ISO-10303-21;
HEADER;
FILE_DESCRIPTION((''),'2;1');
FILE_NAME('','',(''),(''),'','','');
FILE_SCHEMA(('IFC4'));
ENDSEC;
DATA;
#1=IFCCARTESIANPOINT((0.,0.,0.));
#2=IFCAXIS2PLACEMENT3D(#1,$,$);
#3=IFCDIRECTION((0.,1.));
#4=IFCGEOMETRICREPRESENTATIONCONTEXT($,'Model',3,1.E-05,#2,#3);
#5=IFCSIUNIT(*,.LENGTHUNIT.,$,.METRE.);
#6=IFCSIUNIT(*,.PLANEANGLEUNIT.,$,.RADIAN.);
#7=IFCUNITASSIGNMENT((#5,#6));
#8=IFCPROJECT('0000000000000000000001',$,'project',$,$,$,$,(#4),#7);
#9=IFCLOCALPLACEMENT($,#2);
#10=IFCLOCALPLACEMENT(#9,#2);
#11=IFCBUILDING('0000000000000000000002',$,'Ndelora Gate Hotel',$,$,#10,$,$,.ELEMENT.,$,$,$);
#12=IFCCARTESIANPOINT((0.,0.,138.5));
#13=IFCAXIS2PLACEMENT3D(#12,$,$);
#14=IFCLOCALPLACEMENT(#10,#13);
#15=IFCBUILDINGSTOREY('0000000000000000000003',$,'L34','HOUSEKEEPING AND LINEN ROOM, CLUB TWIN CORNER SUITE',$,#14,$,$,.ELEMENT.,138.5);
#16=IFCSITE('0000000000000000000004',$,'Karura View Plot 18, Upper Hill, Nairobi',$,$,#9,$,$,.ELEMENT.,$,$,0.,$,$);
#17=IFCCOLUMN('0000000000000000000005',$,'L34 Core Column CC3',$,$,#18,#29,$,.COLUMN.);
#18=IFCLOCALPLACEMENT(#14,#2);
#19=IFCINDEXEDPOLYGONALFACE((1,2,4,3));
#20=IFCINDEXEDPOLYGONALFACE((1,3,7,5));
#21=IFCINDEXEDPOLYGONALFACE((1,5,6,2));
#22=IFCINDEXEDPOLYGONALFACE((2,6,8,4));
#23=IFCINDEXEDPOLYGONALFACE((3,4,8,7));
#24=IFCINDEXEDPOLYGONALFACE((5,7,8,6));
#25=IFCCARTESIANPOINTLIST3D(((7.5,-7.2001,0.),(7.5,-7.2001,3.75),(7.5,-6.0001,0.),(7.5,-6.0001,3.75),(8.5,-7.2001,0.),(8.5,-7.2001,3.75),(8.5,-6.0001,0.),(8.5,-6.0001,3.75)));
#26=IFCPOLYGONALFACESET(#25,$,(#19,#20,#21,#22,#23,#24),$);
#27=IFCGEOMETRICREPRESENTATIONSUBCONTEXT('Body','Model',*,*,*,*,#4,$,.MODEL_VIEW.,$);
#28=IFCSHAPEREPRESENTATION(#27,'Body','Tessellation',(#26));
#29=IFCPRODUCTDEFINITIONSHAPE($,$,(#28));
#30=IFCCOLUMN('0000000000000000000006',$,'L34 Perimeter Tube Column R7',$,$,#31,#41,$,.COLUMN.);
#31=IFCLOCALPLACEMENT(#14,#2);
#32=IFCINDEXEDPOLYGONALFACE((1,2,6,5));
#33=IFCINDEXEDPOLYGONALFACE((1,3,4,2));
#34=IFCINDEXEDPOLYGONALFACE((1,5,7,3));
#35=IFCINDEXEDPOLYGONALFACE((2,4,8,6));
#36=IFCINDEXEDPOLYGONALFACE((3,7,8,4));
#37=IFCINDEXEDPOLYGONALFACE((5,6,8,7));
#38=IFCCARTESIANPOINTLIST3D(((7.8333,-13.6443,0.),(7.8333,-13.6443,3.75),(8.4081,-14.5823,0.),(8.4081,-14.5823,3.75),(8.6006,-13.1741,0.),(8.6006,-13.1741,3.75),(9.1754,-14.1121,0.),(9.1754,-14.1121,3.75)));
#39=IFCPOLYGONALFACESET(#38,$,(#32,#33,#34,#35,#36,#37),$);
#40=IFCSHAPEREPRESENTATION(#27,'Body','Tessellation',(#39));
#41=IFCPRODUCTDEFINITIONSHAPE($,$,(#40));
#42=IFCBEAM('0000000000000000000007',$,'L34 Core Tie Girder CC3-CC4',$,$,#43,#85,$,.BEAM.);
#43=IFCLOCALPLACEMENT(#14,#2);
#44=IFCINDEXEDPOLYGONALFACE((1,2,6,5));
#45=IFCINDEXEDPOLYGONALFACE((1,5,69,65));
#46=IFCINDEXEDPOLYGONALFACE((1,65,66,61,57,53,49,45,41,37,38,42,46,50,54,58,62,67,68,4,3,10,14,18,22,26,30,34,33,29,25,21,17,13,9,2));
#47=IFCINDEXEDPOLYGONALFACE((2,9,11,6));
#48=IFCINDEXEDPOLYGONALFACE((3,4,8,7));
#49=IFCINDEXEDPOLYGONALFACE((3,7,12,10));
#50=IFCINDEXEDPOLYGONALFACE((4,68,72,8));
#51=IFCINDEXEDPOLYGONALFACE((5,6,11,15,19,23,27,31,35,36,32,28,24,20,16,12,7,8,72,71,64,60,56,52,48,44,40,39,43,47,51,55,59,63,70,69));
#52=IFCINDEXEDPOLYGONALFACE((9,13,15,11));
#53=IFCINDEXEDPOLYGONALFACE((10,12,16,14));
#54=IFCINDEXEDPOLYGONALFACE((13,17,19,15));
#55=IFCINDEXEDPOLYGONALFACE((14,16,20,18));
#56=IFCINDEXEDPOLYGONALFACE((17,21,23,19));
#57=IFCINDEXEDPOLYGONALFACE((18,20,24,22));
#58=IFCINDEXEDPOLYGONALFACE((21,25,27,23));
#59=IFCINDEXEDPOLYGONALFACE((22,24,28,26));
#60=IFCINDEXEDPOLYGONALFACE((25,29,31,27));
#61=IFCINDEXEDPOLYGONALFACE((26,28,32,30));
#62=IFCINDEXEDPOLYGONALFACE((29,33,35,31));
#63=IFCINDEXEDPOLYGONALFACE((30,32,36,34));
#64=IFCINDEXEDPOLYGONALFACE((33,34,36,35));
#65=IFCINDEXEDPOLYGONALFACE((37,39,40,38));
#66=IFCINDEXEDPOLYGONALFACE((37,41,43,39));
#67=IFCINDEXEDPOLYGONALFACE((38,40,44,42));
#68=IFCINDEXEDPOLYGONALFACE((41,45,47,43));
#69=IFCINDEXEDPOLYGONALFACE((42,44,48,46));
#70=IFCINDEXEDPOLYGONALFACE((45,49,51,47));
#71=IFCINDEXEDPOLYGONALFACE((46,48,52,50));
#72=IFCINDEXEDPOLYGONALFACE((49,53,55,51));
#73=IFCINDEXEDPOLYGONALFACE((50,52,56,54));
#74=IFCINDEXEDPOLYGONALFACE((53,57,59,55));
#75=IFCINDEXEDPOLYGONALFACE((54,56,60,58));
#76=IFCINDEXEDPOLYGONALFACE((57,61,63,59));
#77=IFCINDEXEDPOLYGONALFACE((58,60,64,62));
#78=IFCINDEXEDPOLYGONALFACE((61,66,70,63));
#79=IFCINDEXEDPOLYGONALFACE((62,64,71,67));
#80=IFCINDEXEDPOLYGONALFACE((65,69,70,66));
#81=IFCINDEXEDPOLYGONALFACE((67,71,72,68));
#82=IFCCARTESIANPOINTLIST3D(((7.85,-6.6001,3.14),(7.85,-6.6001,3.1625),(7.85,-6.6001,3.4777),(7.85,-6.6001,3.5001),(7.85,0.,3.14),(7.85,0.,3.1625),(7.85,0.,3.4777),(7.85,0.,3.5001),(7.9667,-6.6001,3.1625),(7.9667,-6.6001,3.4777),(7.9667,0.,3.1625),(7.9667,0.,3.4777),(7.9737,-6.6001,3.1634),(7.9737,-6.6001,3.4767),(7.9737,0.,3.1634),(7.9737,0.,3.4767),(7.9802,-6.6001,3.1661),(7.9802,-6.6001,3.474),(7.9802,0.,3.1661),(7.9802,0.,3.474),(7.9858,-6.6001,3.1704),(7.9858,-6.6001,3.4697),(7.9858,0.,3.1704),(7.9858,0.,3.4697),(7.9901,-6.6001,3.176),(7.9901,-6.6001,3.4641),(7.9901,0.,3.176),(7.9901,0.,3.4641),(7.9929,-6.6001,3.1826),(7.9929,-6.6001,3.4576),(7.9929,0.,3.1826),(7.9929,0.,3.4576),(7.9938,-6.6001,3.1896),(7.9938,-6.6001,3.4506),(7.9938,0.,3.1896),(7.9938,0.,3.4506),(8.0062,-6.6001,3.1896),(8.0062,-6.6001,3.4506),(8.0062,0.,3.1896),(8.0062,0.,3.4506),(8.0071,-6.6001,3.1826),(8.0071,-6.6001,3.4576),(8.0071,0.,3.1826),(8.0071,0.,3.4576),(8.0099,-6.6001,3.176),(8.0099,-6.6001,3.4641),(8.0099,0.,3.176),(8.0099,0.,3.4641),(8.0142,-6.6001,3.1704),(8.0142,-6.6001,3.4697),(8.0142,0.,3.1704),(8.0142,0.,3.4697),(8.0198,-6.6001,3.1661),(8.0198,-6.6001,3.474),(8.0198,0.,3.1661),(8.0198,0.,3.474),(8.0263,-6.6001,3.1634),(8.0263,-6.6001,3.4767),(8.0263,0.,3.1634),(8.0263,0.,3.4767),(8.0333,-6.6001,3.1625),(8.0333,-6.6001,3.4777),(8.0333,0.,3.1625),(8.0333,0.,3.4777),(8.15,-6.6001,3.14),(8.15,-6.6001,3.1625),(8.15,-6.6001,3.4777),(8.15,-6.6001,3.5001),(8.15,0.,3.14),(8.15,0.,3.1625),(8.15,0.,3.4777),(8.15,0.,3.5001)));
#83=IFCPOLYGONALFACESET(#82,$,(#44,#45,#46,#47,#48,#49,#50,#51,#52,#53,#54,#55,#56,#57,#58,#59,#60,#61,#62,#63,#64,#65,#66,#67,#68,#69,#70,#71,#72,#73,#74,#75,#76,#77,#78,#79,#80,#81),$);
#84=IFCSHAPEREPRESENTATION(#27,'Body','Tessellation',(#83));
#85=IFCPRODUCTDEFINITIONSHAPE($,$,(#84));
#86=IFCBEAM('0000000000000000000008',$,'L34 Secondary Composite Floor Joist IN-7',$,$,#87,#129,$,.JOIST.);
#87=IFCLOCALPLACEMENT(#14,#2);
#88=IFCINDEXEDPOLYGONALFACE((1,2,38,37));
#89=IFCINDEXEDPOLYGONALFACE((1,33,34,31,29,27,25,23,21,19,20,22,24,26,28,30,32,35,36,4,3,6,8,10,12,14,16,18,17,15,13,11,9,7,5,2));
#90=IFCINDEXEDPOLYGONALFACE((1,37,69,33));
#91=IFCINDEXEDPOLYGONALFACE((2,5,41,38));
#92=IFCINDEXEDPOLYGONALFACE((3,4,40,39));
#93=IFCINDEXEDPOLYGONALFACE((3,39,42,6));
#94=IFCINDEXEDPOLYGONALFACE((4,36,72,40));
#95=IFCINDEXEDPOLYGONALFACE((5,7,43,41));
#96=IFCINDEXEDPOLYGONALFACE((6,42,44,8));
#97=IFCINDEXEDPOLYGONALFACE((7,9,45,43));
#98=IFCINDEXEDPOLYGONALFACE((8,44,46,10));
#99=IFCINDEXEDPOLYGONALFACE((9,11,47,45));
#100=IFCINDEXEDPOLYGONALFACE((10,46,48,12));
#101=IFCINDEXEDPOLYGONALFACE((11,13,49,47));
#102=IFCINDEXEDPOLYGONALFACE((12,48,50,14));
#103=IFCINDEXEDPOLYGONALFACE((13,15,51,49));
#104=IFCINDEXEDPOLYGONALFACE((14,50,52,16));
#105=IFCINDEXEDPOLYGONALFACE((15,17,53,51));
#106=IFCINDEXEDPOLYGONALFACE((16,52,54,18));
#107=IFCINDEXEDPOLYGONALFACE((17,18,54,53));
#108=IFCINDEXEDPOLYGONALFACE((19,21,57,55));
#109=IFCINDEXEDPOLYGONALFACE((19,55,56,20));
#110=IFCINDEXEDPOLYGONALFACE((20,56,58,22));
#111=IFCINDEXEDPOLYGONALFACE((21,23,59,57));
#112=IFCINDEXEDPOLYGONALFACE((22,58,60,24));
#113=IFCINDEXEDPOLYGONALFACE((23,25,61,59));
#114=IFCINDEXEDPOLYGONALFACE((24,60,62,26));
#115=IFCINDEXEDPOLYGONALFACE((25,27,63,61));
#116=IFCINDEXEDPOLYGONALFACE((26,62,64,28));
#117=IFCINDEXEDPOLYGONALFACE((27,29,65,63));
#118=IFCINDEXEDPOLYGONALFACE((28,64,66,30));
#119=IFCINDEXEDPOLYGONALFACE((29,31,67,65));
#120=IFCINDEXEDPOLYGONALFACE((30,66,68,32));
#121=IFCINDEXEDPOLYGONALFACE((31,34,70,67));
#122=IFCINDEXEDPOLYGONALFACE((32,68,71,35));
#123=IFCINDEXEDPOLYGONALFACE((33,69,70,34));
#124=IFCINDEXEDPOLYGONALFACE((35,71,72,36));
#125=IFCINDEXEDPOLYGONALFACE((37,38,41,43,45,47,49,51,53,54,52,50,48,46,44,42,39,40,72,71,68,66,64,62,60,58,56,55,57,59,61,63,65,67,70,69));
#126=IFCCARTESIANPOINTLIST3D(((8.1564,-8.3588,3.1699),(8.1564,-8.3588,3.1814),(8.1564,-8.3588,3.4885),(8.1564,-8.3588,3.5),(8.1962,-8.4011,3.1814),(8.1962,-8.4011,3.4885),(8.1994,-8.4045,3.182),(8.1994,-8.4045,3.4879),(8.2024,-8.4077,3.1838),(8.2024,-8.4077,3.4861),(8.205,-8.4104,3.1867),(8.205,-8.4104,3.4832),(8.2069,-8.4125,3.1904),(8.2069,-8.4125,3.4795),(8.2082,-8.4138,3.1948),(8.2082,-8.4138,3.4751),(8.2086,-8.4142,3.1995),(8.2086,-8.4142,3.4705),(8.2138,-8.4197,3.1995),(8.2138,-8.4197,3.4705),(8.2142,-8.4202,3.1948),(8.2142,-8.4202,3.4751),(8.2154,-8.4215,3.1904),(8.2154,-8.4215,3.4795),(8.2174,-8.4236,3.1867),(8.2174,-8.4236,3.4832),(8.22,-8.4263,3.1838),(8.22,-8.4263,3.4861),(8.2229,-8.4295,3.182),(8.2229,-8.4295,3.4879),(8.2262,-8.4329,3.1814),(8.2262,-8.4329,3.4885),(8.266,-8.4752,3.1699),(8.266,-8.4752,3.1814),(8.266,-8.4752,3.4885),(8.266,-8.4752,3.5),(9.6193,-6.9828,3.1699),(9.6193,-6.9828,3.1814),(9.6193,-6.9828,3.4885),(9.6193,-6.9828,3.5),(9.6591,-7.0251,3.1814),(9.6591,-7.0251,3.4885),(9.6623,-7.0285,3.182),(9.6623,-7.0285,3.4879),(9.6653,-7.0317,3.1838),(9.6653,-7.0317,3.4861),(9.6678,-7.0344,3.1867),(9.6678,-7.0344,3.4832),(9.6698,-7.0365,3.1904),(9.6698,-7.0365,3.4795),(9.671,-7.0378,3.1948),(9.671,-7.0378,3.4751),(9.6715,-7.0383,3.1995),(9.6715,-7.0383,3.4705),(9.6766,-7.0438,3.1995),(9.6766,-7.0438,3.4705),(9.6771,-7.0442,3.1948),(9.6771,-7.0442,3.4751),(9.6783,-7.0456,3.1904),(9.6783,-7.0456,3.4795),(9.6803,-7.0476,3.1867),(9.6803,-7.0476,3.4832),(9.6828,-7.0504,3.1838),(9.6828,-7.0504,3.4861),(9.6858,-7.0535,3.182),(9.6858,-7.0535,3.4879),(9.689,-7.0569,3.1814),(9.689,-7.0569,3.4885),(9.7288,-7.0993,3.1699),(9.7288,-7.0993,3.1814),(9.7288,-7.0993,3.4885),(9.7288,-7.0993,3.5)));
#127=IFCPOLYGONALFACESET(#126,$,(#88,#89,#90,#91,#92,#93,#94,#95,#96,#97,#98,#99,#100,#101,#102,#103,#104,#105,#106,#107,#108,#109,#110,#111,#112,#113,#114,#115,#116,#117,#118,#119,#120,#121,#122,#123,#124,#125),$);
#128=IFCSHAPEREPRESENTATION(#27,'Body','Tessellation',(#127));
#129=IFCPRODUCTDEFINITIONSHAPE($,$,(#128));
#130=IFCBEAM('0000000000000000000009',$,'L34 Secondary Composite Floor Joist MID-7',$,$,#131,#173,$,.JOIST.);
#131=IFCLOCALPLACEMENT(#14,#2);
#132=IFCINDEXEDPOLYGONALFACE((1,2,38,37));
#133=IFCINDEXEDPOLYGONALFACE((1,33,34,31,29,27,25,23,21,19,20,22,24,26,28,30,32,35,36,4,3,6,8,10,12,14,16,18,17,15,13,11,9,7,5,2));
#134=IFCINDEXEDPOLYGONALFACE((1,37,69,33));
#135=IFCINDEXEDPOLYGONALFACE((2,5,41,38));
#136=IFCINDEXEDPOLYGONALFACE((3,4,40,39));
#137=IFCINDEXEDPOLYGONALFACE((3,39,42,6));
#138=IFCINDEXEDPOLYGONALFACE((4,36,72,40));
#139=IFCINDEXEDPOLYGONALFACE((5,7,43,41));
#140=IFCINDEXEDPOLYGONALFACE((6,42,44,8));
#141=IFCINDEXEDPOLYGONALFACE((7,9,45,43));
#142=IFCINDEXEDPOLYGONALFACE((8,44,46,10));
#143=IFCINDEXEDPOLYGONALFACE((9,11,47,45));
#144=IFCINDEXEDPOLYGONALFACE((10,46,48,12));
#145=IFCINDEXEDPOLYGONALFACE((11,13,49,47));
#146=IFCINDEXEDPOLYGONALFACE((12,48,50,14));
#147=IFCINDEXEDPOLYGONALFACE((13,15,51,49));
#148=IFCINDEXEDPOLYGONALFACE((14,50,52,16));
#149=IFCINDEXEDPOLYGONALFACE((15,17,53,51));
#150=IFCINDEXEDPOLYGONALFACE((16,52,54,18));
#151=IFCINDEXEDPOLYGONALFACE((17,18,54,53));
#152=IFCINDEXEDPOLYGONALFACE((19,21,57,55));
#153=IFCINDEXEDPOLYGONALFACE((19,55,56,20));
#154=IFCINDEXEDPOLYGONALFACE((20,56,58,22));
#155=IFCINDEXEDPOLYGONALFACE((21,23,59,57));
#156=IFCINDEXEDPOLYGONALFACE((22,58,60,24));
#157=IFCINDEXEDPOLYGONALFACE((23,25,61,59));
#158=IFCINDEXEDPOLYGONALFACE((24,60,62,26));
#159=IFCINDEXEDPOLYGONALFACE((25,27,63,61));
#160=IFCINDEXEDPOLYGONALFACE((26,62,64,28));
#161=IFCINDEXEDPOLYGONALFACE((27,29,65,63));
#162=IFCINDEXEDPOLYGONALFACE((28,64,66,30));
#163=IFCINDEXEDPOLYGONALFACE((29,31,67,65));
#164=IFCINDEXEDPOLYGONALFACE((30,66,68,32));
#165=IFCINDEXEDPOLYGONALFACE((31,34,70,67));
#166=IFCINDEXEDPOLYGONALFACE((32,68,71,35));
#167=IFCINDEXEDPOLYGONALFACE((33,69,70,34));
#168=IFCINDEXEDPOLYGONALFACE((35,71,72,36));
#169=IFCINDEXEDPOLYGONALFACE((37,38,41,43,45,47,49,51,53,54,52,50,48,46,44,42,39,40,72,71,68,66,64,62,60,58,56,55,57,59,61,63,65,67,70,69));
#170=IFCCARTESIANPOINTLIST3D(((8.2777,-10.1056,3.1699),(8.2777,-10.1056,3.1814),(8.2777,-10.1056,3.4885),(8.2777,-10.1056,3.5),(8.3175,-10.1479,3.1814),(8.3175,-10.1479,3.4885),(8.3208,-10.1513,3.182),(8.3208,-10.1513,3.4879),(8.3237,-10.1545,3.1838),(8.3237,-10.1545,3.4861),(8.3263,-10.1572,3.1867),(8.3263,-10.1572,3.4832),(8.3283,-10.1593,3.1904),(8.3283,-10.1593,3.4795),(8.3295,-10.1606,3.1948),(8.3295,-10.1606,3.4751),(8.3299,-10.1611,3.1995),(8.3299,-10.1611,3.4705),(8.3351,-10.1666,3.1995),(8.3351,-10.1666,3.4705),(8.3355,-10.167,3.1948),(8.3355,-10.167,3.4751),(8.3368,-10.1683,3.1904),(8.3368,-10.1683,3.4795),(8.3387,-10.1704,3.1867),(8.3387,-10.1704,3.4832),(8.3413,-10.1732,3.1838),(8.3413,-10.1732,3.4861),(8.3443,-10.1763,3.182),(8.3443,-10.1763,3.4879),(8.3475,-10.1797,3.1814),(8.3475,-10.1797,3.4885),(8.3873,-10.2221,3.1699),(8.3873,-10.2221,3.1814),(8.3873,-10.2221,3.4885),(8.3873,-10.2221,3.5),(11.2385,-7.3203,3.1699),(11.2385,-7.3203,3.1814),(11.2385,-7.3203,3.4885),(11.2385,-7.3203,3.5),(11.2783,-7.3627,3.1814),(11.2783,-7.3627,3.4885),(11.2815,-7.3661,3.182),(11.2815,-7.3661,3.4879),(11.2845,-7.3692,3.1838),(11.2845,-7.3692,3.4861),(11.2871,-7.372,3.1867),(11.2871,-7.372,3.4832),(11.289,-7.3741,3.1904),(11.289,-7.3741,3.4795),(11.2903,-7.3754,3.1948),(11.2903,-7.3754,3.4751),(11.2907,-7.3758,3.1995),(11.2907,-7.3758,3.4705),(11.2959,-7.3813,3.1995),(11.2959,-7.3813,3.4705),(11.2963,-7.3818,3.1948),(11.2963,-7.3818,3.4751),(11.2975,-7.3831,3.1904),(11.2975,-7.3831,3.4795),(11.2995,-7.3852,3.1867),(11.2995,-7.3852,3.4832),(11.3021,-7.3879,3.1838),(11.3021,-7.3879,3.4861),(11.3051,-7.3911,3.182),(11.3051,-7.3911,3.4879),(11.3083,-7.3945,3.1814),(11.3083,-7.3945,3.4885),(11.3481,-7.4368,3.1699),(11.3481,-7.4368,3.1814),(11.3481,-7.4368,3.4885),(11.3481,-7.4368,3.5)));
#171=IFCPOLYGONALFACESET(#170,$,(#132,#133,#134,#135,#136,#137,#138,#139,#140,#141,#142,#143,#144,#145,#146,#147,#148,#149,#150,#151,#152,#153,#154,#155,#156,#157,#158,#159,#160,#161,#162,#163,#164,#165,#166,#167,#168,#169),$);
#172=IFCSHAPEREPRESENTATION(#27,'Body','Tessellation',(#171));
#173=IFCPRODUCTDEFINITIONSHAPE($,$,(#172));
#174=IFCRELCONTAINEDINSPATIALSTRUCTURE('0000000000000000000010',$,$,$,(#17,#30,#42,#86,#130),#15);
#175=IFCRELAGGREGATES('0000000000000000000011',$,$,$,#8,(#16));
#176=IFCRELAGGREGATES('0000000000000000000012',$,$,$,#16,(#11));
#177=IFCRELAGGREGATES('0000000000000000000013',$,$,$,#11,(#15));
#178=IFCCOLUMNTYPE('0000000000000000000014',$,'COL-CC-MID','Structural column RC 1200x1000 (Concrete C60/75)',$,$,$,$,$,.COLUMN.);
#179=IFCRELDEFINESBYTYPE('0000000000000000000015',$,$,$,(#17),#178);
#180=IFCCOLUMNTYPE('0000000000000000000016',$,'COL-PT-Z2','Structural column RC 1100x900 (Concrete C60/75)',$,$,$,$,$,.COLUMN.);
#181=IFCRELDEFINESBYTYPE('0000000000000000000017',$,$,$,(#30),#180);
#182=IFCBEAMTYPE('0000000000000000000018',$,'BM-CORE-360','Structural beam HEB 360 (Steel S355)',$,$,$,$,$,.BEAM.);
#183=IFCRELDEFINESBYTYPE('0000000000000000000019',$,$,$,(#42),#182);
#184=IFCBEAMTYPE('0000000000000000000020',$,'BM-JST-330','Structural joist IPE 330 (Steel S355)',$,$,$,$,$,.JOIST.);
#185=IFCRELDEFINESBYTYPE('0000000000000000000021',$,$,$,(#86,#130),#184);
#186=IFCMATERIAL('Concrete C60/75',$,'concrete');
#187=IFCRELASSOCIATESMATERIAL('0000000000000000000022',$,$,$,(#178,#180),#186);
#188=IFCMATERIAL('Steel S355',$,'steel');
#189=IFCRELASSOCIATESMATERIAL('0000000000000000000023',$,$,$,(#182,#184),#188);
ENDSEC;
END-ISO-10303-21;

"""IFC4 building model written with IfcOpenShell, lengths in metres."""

from ifc_helpers import new_model, si_unit, direction, frame, origin, origin_2d, place, context, subcontext, project, spatial, rectangle, i_section, extrude, material, material_profile, profile_set, type_object, element, save


model = new_model("IFC4")

# Units and contexts
model_context = context("Model", 3, precision=1e-05, world=origin(), true_north=direction((0.0, 1.0)))
body_context = subcontext(model_context, "Body", "Model", "MODEL_VIEW")
ifc_project = project(units=[si_unit("LENGTHUNIT", "METRE"), si_unit("PLANEANGLEUNIT", "RADIAN")], contexts=[model_context])

# Site, building, storey
site_placement = place(None, origin())
site = spatial("IfcSite", under=ifc_project, at=site_placement, Name="Karura View Plot 18, Upper Hill, Nairobi", CompositionType="ELEMENT", RefElevation=0.0)
building_placement = place(site_placement, origin())
building = spatial("IfcBuilding", under=site, at=building_placement, Name="Ndelora Gate Hotel", CompositionType="ELEMENT")
storey_placement = place(building_placement, frame((0.0, 0.0, 138.5)))
storey = spatial("IfcBuildingStorey", under=building, at=storey_placement, Name="L34", Description="HOUSEKEEPING AND LINEN ROOM, CLUB TWIN CORNER SUITE", CompositionType="ELEMENT", Elevation=138.5)

# Columns
ifc_material_1 = material(Name="Concrete C60/75", Category="concrete")
ifc_material_profile_1 = material_profile(ifc_material_1, rectangle(XDim=1.0, YDim=1.2, at=origin_2d()), Name="RC 1200x1000")
ifc_profile_set_1 = profile_set([ifc_material_profile_1], Name="Concrete C60/75")
column_type_1 = type_object("IfcColumnType", Name="COL-CC-MID", Description="Structural column RC 1200x1000 (Concrete C60/75)", PredefinedType="COLUMN", material=ifc_profile_set_1)
column_1_placement = place(storey_placement, frame((8.0, -6.6001, 0.0), z_axis=(0.0, 0.0, 1.0), x_axis=(1.0, 0.0, 0.0)))
element("IfcColumn", 1, at=column_1_placement, inside=storey, type_object=column_type_1, Name="L34 Core Column CC3", PredefinedType="COLUMN", context=body_context, shape_type="SweptSolid", body=[
    extrude(rectangle(XDim=1.0, YDim=1.2, at=origin_2d()), origin(), (0.0, 0.0, 1.0), 3.75),
])
ifc_material_profile_2 = material_profile(ifc_material_1, rectangle(XDim=0.8999, YDim=1.1001, at=origin_2d()), Name="RC 1100x900")
ifc_profile_set_2 = profile_set([ifc_material_profile_2], Name="Concrete C60/75")
column_type_2 = type_object("IfcColumnType", Name="COL-PT-Z2", Description="Structural column RC 1100x900 (Concrete C60/75)", PredefinedType="COLUMN", material=ifc_profile_set_2)
column_2_placement = place(storey_placement, frame((8.5044, -13.8782, 0.0), z_axis=(0.0, 0.0, 1.0), x_axis=(0.85264, 0.522499, 0.0)))
element("IfcColumn", 2, at=column_2_placement, inside=storey, type_object=column_type_2, Name="L34 Perimeter Tube Column R7", PredefinedType="COLUMN", context=body_context, shape_type="SweptSolid", body=[
    extrude(rectangle(XDim=0.8999, YDim=1.1001, at=origin_2d()), origin(), (0.0, 0.0, 1.0), 3.75),
])

# Beams
ifc_material_2 = material(Name="Steel S355", Category="steel")
ifc_material_profile_3 = material_profile(ifc_material_2, i_section(OverallWidth=0.3, OverallDepth=0.3601, WebThickness=0.0125, FlangeThickness=0.0225, FilletRadius=0.0271, at=origin_2d()), Name="HEB 360")
ifc_profile_set_3 = profile_set([ifc_material_profile_3], Name="Steel S355")
beam_type_1 = type_object("IfcBeamType", Name="BM-CORE-360", Description="Structural beam HEB 360 (Steel S355)", PredefinedType="BEAM", material=ifc_profile_set_3)
beam_1_placement = place(storey_placement, frame((8.0, -6.6001, 3.3201), z_axis=(0.0, 1.0, 0.0), x_axis=(-1.0, 0.0, 0.0)))
element("IfcBeam", 3, at=beam_1_placement, inside=storey, type_object=beam_type_1, Name="L34 Core Tie Girder CC3-CC4", PredefinedType="BEAM", context=body_context, shape_type="SweptSolid", body=[
    extrude(i_section(OverallWidth=0.3, OverallDepth=0.3601, WebThickness=0.0125, FlangeThickness=0.0225, FilletRadius=0.0271, at=origin_2d()), origin(), (0.0, 0.0, 1.0), 6.6001),
])
ifc_material_profile_4 = material_profile(ifc_material_2, i_section(OverallWidth=0.1599, OverallDepth=0.3301, WebThickness=0.0076, FlangeThickness=0.0115, FilletRadius=0.0181, at=origin_2d()), Name="IPE 330")
ifc_profile_set_4 = profile_set([ifc_material_profile_4], Name="Steel S355")
beam_type_2 = type_object("IfcBeamType", Name="BM-JST-330", Description="Structural joist IPE 330 (Steel S355)", PredefinedType="JOIST", material=ifc_profile_set_4)
beam_2_placement = place(storey_placement, frame((8.2112, -8.417, 3.335), z_axis=(0.728414, 0.685137, 0.0), x_axis=(-0.685137, 0.728414, 0.0)))
element("IfcBeam", 4, at=beam_2_placement, inside=storey, type_object=beam_type_2, Name="L34 Secondary Composite Floor Joist IN-7", PredefinedType="JOIST", context=body_context, shape_type="SweptSolid", body=[
    extrude(i_section(OverallWidth=0.1599, OverallDepth=0.3301, WebThickness=0.0076, FlangeThickness=0.0115, FilletRadius=0.0181, at=origin_2d()), origin(), (0.0, 0.0, 1.0), 2.0083),
])
beam_3_placement = place(storey_placement, frame((8.3325, -10.1638, 3.335), z_axis=(0.728369, 0.685185, 0.0), x_axis=(-0.685185, 0.728369, 0.0)))
element("IfcBeam", 5, at=beam_3_placement, inside=storey, type_object=beam_type_2, Name="L34 Secondary Composite Floor Joist MID-7", PredefinedType="JOIST", context=body_context, shape_type="SweptSolid", body=[
    extrude(i_section(OverallWidth=0.1599, OverallDepth=0.3301, WebThickness=0.0076, FlangeThickness=0.0115, FilletRadius=0.0181, at=origin_2d()), origin(), (0.0, 0.0, 1.0), 4.0649),
])

save(model, "model.ifc")
